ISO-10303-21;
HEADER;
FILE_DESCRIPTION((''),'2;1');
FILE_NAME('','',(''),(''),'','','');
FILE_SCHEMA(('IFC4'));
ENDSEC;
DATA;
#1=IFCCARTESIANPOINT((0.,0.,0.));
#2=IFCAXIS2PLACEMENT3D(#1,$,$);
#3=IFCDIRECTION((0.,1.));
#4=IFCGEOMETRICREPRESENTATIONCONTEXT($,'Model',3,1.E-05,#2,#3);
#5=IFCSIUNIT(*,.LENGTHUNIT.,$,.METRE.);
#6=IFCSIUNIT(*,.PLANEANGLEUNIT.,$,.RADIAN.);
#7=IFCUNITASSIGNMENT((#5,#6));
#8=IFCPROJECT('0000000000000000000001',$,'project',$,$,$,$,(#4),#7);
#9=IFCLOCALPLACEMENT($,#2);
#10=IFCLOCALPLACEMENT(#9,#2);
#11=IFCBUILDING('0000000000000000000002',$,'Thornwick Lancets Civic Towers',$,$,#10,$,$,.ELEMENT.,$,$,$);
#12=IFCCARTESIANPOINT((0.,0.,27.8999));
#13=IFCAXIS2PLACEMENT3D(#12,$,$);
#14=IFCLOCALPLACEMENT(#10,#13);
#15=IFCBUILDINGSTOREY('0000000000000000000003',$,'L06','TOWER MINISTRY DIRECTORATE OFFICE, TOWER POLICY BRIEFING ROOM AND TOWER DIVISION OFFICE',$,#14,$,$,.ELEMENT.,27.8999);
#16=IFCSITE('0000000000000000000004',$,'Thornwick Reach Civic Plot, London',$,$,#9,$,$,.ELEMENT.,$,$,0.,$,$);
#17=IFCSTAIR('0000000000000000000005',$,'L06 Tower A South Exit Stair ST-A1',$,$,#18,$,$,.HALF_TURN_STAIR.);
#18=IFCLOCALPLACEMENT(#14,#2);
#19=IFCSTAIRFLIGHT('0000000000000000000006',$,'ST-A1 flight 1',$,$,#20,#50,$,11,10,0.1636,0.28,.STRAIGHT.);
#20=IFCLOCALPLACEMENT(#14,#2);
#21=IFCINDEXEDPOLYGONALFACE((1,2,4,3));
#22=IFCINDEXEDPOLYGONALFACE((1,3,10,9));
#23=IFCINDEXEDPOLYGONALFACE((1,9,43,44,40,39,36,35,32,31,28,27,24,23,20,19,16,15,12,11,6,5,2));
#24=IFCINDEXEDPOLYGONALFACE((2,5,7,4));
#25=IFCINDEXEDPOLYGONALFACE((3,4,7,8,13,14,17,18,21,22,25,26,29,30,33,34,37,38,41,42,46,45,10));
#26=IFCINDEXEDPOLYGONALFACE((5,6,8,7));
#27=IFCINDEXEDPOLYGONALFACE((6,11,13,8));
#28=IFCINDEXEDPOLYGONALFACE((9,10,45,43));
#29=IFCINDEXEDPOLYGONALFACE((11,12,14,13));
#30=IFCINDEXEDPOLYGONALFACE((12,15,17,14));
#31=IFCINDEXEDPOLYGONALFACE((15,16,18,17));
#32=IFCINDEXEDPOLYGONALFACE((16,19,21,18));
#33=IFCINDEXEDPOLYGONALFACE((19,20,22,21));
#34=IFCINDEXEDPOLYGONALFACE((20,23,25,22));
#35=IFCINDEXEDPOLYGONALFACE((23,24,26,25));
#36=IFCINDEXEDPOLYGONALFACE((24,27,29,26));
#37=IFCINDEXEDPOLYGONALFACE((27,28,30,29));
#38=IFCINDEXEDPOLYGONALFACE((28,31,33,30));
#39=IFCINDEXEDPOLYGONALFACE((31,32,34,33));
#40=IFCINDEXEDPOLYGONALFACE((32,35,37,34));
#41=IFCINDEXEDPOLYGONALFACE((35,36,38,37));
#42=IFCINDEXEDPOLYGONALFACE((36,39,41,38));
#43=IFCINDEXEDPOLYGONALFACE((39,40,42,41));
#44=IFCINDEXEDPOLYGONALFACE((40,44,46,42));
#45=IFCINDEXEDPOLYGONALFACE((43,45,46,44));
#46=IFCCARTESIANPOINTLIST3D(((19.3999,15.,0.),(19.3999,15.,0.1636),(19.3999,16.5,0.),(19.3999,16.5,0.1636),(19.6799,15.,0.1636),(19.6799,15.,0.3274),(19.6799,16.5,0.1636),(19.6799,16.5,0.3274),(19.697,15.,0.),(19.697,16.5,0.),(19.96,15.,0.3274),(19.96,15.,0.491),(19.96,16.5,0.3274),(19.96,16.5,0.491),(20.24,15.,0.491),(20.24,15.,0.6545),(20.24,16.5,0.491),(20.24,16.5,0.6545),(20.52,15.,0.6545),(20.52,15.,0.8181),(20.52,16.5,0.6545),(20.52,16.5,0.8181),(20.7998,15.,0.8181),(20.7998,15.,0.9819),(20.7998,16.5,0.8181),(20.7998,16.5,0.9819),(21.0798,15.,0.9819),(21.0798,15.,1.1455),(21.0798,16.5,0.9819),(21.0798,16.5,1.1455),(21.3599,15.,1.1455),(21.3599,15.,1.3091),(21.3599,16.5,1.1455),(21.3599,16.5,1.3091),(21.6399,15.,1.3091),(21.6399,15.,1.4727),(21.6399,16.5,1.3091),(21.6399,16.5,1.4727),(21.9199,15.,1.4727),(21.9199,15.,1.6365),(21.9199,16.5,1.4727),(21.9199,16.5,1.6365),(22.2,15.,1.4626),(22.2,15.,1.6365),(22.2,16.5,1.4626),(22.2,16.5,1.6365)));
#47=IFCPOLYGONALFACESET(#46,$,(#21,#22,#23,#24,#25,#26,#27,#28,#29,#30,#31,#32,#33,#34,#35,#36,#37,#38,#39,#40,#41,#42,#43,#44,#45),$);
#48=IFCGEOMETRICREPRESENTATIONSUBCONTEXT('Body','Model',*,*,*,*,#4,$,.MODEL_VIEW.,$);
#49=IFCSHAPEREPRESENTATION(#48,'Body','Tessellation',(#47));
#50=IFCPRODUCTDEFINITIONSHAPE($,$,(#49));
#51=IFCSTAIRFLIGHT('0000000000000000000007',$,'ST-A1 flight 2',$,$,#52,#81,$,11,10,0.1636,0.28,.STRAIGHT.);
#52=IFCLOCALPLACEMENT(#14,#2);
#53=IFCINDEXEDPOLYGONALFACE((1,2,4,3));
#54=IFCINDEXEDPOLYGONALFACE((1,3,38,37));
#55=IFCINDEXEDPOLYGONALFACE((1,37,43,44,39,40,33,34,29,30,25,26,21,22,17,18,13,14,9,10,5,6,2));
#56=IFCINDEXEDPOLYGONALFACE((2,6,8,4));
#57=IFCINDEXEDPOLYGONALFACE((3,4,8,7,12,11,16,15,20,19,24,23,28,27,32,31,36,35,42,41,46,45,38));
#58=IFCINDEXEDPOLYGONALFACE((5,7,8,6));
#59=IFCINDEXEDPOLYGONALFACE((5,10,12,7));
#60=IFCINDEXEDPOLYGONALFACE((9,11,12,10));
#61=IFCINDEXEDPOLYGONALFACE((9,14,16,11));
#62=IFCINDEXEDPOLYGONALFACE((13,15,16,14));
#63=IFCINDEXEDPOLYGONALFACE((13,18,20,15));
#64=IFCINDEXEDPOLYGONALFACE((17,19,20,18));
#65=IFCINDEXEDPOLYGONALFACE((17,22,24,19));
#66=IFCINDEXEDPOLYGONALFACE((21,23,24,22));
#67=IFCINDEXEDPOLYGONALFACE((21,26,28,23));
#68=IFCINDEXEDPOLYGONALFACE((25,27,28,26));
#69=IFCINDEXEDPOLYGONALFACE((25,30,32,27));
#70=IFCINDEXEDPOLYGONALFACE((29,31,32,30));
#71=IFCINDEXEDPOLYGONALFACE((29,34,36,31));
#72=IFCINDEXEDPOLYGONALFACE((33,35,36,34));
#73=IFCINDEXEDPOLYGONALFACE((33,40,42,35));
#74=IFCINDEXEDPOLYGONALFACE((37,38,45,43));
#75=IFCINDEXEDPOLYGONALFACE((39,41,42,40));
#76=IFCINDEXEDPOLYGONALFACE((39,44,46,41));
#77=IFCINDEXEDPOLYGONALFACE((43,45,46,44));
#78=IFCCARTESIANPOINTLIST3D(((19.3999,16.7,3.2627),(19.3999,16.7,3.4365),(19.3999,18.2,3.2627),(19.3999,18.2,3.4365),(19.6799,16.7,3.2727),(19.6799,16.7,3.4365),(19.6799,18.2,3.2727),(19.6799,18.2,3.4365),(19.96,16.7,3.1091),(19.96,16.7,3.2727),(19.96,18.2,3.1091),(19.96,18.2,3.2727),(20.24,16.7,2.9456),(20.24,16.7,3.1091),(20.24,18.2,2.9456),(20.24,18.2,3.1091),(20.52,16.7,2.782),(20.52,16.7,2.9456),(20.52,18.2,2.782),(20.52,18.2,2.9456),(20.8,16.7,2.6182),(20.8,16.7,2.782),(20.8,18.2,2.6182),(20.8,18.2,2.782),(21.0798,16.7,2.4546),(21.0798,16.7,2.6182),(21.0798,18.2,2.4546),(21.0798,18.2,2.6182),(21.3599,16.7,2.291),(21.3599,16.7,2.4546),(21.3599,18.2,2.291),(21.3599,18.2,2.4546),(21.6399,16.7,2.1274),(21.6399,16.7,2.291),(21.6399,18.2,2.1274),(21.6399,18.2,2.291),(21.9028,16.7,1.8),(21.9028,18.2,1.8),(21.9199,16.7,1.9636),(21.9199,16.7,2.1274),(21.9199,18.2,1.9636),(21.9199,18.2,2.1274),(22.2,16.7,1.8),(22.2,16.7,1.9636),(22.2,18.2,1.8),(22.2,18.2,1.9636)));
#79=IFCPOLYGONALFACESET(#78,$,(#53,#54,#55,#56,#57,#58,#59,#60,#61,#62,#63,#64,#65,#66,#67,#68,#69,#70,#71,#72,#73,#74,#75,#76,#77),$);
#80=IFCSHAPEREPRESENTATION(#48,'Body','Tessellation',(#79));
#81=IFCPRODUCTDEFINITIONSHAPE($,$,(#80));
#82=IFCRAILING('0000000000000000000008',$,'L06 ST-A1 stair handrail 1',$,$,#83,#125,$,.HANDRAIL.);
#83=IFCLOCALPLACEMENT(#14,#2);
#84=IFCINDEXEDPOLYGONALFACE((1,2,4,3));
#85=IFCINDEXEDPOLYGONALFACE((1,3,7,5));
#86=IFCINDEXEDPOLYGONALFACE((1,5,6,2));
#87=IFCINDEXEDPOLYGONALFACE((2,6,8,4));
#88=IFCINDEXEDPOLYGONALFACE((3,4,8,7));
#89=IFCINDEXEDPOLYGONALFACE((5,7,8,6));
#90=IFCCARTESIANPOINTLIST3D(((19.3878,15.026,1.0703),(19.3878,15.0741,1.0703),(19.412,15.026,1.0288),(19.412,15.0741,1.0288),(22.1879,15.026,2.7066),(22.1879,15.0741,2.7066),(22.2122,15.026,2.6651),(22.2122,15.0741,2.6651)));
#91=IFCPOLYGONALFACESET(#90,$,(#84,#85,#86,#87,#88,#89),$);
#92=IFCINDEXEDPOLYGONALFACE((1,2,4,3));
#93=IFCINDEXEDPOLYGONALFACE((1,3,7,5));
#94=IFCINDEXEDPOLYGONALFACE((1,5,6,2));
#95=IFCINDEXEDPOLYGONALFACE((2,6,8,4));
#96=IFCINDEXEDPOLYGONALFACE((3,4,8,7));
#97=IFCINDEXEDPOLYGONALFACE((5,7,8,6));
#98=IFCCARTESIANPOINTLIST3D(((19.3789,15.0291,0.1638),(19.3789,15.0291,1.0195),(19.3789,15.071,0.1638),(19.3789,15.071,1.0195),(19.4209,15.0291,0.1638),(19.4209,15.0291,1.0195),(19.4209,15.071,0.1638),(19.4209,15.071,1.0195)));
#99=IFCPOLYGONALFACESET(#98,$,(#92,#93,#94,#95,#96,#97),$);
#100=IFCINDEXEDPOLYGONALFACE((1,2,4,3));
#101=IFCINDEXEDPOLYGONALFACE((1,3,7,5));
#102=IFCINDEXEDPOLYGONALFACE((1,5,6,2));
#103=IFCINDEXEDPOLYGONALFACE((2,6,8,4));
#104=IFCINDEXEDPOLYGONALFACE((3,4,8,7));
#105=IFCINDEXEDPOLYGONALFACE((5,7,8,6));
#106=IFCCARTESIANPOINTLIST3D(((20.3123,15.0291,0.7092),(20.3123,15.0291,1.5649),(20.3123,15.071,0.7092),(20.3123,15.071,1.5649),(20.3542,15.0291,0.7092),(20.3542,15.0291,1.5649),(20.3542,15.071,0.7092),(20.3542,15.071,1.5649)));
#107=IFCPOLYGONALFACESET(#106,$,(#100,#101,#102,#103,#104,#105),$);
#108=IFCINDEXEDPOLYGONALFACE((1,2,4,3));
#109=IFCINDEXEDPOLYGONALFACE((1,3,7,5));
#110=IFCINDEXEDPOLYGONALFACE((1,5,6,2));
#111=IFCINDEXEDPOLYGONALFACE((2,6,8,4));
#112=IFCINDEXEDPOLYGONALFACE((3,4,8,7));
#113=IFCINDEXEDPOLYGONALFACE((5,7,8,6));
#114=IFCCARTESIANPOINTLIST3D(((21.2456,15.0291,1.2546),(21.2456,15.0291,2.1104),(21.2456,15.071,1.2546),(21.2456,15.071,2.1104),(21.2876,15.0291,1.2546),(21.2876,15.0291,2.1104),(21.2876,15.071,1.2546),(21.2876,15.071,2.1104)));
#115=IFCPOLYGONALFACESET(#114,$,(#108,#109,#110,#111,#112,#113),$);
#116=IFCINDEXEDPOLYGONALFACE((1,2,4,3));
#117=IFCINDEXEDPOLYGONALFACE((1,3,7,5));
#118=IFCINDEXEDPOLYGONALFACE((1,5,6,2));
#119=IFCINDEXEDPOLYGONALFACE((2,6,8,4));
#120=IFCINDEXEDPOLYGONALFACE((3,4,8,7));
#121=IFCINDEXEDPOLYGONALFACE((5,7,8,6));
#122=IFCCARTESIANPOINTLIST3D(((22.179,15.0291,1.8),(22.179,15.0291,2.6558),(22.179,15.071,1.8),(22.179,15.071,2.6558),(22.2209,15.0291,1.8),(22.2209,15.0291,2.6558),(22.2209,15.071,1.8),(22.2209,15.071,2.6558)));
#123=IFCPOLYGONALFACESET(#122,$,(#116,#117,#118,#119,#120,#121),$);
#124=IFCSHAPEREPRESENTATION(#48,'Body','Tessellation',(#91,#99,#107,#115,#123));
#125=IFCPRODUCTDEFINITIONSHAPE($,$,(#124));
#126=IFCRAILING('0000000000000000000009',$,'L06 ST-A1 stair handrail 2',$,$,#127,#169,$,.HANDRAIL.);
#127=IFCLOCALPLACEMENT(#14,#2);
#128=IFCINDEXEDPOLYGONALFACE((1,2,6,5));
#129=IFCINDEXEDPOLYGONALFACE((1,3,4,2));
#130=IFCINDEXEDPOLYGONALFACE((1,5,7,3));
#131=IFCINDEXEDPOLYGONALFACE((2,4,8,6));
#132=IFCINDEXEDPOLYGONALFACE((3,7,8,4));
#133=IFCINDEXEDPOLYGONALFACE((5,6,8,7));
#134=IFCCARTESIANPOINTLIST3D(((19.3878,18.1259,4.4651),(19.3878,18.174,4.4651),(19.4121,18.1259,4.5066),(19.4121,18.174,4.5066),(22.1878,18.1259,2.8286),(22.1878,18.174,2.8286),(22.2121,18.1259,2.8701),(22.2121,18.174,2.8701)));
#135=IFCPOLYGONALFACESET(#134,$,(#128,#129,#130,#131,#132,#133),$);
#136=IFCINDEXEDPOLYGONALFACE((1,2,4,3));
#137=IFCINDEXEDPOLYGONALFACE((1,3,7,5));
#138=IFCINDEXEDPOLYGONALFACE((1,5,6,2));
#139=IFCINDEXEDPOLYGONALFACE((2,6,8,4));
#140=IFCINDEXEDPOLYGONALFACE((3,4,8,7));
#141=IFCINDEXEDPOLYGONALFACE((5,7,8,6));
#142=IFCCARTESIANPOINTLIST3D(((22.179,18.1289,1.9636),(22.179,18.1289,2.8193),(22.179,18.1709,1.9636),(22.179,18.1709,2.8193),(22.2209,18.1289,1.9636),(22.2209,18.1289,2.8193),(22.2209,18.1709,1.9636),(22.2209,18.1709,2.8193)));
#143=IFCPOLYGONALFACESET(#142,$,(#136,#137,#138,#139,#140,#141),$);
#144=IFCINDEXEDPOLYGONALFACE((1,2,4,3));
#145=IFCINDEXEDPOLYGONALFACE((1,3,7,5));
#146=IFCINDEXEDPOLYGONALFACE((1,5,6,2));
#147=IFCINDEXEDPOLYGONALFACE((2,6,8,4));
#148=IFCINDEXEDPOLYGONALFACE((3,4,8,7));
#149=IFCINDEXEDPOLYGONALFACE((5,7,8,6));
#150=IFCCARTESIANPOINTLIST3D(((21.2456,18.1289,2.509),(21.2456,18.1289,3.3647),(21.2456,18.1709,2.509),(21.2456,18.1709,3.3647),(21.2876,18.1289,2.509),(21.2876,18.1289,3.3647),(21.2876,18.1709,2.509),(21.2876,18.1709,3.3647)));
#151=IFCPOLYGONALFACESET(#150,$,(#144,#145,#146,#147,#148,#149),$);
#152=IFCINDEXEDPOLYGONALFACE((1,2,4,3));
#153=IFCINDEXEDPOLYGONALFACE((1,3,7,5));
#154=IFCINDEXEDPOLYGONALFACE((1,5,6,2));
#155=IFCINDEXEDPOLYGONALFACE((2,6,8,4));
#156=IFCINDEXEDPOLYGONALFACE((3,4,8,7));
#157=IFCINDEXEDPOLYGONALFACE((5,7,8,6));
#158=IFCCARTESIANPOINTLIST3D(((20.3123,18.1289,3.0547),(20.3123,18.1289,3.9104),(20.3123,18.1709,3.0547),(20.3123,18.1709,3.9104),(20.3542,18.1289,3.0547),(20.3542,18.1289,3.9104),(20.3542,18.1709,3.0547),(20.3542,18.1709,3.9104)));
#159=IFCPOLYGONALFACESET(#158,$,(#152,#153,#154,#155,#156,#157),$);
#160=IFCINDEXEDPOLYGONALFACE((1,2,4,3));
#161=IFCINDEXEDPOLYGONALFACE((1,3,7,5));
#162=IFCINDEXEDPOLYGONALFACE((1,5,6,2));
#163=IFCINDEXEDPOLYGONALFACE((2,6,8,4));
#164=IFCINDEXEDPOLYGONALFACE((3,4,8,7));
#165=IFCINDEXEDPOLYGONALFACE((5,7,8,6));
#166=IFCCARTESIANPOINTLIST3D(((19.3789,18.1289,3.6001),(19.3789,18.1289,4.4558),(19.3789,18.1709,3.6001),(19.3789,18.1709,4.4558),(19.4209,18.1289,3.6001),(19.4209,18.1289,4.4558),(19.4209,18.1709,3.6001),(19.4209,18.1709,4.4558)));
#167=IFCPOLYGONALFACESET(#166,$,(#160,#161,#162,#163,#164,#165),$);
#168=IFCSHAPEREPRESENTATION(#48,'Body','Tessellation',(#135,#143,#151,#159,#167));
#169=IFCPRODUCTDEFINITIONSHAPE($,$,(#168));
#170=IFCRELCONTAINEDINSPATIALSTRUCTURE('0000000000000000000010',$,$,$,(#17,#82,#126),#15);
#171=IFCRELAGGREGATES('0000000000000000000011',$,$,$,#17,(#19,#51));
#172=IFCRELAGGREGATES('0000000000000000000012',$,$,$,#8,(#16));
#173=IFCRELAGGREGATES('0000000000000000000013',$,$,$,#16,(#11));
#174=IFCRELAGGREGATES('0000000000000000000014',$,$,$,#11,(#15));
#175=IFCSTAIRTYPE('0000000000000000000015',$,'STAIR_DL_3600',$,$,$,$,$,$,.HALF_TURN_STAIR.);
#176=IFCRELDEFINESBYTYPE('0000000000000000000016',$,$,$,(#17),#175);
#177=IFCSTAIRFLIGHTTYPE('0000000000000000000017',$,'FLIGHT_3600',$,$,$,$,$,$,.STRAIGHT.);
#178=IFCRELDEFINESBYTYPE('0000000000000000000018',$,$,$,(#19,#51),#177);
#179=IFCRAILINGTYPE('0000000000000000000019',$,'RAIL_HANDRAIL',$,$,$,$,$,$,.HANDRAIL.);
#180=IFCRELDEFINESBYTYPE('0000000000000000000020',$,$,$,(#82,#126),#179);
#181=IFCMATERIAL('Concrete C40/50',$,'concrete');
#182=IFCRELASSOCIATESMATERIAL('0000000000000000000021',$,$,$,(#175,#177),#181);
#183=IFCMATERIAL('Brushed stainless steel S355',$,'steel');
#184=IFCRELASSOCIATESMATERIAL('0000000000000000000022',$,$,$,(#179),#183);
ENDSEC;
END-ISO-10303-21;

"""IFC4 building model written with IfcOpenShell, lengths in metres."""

from ifc_helpers import new_model, si_unit, direction, frame, origin, origin_2d, place, context, subcontext, project, spatial, polyline, rectangle, outline, extrude, material, type_object, element, aggregate, save


model = new_model("IFC4")

# Units and contexts
model_context = context("Model", 3, precision=1e-05, world=origin(), true_north=direction((0.0, 1.0)))
body_context = subcontext(model_context, "Body", "Model", "MODEL_VIEW")
ifc_project = project(units=[si_unit("LENGTHUNIT", "METRE"), si_unit("PLANEANGLEUNIT", "RADIAN")], contexts=[model_context])

# Site, building, storey
site_placement = place(None, origin())
site = spatial("IfcSite", under=ifc_project, at=site_placement, Name="Thornwick Reach Civic Plot, London", CompositionType="ELEMENT", RefElevation=0.0)
building_placement = place(site_placement, origin())
building = spatial("IfcBuilding", under=site, at=building_placement, Name="Thornwick Lancets Civic Towers", CompositionType="ELEMENT")
storey_placement = place(building_placement, frame((0.0, 0.0, 27.8999)))
storey = spatial("IfcBuildingStorey", under=building, at=storey_placement, Name="L06", Description="TOWER MINISTRY DIRECTORATE OFFICE, TOWER POLICY BRIEFING ROOM AND TOWER DIVISION OFFICE", CompositionType="ELEMENT", Elevation=27.8999)

# Shared definitions
ifc_material_1 = material(Name="Concrete C40/50", Category="concrete")

# Stair, stair flights
stair_type = type_object("IfcStairType", Name="STAIR_DL_3600", PredefinedType="HALF_TURN_STAIR", material=ifc_material_1)
stair_placement = place(storey_placement, origin())
stair = element("IfcStair", 1, at=stair_placement, inside=storey, type_object=stair_type, Name="L06 Tower A South Exit Stair ST-A1", PredefinedType="HALF_TURN_STAIR")
stair_flight_type = type_object("IfcStairFlightType", Name="FLIGHT_3600", PredefinedType="STRAIGHT", material=ifc_material_1)
stair_flight_1_placement = place(storey_placement, frame((19.3999, 15.75, 0.0), z_axis=(0.0, 0.0, 1.0), x_axis=(1.0, 0.0, 0.0)))
stair_flight_1 = element("IfcStairFlight", 2, at=stair_flight_1_placement, type_object=stair_flight_type, Name="ST-A1 flight 1", NumberOfRisers=11, NumberOfTreads=10, PredefinedType="STRAIGHT", RiserHeight=0.1636, TreadLength=0.28, context=body_context, shape_type="SweptSolid", body=[
    extrude(outline(polyline([(0.0, 0.0), (0.0, 0.1636), (0.28, 0.1636), (0.28, 0.3274), (0.5601, 0.3274), (0.5601, 0.491), (0.8401, 0.491), (0.8401, 0.6545), (1.1201, 0.6545), (1.1201, 0.8181), (1.3999, 0.8181), (1.3999, 0.9819), (1.6799, 0.9819), (1.6799, 1.1455), (1.96, 1.1455), (1.96, 1.3091), (2.24, 1.3091), (2.24, 1.4727), (2.52, 1.4727), (2.52, 1.6365), (2.8, 1.6365), (2.8, 1.8), (2.8, 1.4626), (0.2971, 0.0), (0.0, 0.0)])), frame((0.0, 0.75, 0.0), z_axis=(0.0, -1.0, 0.0), x_axis=(1.0, 0.0, 0.0)), (0.0, 0.0, 1.0), 1.5),
])
stair_flight_2_placement = place(storey_placement, frame((22.2, 17.45, 1.8), z_axis=(0.0, 0.0, 1.0), x_axis=(-1.0, 0.0, 0.0)))
stair_flight_2 = element("IfcStairFlight", 3, at=stair_flight_2_placement, type_object=stair_flight_type, Name="ST-A1 flight 2", NumberOfRisers=11, NumberOfTreads=10, PredefinedType="STRAIGHT", RiserHeight=0.1636, TreadLength=0.28, context=body_context, shape_type="SweptSolid", body=[
    extrude(outline(polyline([(0.0, 0.0), (0.0, 0.1636), (0.28, 0.1636), (0.28, 0.3274), (0.5601, 0.3274), (0.5601, 0.491), (0.8401, 0.491), (0.8401, 0.6545), (1.1201, 0.6545), (1.1201, 0.8181), (1.3999, 0.8181), (1.3999, 0.9819), (1.6799, 0.9819), (1.6799, 1.1455), (1.96, 1.1455), (1.96, 1.3091), (2.24, 1.3091), (2.24, 1.4727), (2.52, 1.4727), (2.52, 1.6365), (2.8, 1.6365), (2.8, 1.8), (2.8, 1.4626), (0.2971, 0.0), (0.0, 0.0)])), frame((0.0, 0.75, 0.0), z_axis=(0.0, -1.0, 0.0), x_axis=(1.0, 0.0, 0.0)), (0.0, 0.0, 1.0), 1.5),
])
aggregate(stair, [stair_flight_1, stair_flight_2])

# Railings
ifc_material_2 = material(Name="Brushed stainless steel S355", Category="steel")
railing_type_1 = type_object("IfcRailingType", Name="RAIL_HANDRAIL", PredefinedType="HANDRAIL", material=ifc_material_2)
railing_1_placement = place(storey_placement, frame((19.3999, 15.05, 0.1638)))
element("IfcRailing", 4, at=railing_1_placement, inside=storey, type_object=railing_type_1, Name="L06 ST-A1 stair handrail 1", PredefinedType="HANDRAIL", context=body_context, shape_type="SweptSolid", body=[
    extrude(rectangle(XDim=0.0481, YDim=0.0481, at=origin_2d()), frame((0.0, 0.0, 0.8857), z_axis=(0.863394, 0.0, 0.504531), x_axis=(0.0, 1.0, 0.0)), (0.0, 0.0, 1.0), 3.2432),
    extrude(rectangle(XDim=0.042, YDim=0.042, at=origin_2d()), origin(), (0.0, 0.0, 1.0), 0.8557),
    extrude(rectangle(XDim=0.042, YDim=0.042, at=origin_2d()), frame((0.9333, 0.0, 0.5454)), (0.0, 0.0, 1.0), 0.8557),
    extrude(rectangle(XDim=0.042, YDim=0.042, at=origin_2d()), frame((1.8667, 0.0, 1.0908)), (0.0, 0.0, 1.0), 0.8557),
    extrude(rectangle(XDim=0.042, YDim=0.042, at=origin_2d()), frame((2.8, 0.0, 1.6362)), (0.0, 0.0, 1.0), 0.8557),
])
railing_2_placement = place(storey_placement, frame((22.2, 18.1499, 1.9636)))
element("IfcRailing", 5, at=railing_2_placement, inside=storey, type_object=railing_type_1, Name="L06 ST-A1 stair handrail 2", PredefinedType="HANDRAIL", context=body_context, shape_type="SweptSolid", body=[
    extrude(rectangle(XDim=0.0481, YDim=0.0481, at=origin_2d()), frame((0.0, 0.0, 0.8857), z_axis=(-0.863361, 0.0, 0.504587), x_axis=(0.0, -1.0, 0.0)), (0.0, 0.0, 1.0), 3.2432),
    extrude(rectangle(XDim=0.042, YDim=0.042, at=origin_2d()), origin(), (0.0, 0.0, 1.0), 0.8557),
    extrude(rectangle(XDim=0.042, YDim=0.042, at=origin_2d()), frame((-0.9333, 0.0, 0.5454)), (0.0, 0.0, 1.0), 0.8557),
    extrude(rectangle(XDim=0.042, YDim=0.042, at=origin_2d()), frame((-1.8667, 0.0, 1.0911)), (0.0, 0.0, 1.0), 0.8557),
    extrude(rectangle(XDim=0.042, YDim=0.042, at=origin_2d()), frame((-2.8, 0.0, 1.6365)), (0.0, 0.0, 1.0), 0.8557),
])

save(model, "model.ifc")
